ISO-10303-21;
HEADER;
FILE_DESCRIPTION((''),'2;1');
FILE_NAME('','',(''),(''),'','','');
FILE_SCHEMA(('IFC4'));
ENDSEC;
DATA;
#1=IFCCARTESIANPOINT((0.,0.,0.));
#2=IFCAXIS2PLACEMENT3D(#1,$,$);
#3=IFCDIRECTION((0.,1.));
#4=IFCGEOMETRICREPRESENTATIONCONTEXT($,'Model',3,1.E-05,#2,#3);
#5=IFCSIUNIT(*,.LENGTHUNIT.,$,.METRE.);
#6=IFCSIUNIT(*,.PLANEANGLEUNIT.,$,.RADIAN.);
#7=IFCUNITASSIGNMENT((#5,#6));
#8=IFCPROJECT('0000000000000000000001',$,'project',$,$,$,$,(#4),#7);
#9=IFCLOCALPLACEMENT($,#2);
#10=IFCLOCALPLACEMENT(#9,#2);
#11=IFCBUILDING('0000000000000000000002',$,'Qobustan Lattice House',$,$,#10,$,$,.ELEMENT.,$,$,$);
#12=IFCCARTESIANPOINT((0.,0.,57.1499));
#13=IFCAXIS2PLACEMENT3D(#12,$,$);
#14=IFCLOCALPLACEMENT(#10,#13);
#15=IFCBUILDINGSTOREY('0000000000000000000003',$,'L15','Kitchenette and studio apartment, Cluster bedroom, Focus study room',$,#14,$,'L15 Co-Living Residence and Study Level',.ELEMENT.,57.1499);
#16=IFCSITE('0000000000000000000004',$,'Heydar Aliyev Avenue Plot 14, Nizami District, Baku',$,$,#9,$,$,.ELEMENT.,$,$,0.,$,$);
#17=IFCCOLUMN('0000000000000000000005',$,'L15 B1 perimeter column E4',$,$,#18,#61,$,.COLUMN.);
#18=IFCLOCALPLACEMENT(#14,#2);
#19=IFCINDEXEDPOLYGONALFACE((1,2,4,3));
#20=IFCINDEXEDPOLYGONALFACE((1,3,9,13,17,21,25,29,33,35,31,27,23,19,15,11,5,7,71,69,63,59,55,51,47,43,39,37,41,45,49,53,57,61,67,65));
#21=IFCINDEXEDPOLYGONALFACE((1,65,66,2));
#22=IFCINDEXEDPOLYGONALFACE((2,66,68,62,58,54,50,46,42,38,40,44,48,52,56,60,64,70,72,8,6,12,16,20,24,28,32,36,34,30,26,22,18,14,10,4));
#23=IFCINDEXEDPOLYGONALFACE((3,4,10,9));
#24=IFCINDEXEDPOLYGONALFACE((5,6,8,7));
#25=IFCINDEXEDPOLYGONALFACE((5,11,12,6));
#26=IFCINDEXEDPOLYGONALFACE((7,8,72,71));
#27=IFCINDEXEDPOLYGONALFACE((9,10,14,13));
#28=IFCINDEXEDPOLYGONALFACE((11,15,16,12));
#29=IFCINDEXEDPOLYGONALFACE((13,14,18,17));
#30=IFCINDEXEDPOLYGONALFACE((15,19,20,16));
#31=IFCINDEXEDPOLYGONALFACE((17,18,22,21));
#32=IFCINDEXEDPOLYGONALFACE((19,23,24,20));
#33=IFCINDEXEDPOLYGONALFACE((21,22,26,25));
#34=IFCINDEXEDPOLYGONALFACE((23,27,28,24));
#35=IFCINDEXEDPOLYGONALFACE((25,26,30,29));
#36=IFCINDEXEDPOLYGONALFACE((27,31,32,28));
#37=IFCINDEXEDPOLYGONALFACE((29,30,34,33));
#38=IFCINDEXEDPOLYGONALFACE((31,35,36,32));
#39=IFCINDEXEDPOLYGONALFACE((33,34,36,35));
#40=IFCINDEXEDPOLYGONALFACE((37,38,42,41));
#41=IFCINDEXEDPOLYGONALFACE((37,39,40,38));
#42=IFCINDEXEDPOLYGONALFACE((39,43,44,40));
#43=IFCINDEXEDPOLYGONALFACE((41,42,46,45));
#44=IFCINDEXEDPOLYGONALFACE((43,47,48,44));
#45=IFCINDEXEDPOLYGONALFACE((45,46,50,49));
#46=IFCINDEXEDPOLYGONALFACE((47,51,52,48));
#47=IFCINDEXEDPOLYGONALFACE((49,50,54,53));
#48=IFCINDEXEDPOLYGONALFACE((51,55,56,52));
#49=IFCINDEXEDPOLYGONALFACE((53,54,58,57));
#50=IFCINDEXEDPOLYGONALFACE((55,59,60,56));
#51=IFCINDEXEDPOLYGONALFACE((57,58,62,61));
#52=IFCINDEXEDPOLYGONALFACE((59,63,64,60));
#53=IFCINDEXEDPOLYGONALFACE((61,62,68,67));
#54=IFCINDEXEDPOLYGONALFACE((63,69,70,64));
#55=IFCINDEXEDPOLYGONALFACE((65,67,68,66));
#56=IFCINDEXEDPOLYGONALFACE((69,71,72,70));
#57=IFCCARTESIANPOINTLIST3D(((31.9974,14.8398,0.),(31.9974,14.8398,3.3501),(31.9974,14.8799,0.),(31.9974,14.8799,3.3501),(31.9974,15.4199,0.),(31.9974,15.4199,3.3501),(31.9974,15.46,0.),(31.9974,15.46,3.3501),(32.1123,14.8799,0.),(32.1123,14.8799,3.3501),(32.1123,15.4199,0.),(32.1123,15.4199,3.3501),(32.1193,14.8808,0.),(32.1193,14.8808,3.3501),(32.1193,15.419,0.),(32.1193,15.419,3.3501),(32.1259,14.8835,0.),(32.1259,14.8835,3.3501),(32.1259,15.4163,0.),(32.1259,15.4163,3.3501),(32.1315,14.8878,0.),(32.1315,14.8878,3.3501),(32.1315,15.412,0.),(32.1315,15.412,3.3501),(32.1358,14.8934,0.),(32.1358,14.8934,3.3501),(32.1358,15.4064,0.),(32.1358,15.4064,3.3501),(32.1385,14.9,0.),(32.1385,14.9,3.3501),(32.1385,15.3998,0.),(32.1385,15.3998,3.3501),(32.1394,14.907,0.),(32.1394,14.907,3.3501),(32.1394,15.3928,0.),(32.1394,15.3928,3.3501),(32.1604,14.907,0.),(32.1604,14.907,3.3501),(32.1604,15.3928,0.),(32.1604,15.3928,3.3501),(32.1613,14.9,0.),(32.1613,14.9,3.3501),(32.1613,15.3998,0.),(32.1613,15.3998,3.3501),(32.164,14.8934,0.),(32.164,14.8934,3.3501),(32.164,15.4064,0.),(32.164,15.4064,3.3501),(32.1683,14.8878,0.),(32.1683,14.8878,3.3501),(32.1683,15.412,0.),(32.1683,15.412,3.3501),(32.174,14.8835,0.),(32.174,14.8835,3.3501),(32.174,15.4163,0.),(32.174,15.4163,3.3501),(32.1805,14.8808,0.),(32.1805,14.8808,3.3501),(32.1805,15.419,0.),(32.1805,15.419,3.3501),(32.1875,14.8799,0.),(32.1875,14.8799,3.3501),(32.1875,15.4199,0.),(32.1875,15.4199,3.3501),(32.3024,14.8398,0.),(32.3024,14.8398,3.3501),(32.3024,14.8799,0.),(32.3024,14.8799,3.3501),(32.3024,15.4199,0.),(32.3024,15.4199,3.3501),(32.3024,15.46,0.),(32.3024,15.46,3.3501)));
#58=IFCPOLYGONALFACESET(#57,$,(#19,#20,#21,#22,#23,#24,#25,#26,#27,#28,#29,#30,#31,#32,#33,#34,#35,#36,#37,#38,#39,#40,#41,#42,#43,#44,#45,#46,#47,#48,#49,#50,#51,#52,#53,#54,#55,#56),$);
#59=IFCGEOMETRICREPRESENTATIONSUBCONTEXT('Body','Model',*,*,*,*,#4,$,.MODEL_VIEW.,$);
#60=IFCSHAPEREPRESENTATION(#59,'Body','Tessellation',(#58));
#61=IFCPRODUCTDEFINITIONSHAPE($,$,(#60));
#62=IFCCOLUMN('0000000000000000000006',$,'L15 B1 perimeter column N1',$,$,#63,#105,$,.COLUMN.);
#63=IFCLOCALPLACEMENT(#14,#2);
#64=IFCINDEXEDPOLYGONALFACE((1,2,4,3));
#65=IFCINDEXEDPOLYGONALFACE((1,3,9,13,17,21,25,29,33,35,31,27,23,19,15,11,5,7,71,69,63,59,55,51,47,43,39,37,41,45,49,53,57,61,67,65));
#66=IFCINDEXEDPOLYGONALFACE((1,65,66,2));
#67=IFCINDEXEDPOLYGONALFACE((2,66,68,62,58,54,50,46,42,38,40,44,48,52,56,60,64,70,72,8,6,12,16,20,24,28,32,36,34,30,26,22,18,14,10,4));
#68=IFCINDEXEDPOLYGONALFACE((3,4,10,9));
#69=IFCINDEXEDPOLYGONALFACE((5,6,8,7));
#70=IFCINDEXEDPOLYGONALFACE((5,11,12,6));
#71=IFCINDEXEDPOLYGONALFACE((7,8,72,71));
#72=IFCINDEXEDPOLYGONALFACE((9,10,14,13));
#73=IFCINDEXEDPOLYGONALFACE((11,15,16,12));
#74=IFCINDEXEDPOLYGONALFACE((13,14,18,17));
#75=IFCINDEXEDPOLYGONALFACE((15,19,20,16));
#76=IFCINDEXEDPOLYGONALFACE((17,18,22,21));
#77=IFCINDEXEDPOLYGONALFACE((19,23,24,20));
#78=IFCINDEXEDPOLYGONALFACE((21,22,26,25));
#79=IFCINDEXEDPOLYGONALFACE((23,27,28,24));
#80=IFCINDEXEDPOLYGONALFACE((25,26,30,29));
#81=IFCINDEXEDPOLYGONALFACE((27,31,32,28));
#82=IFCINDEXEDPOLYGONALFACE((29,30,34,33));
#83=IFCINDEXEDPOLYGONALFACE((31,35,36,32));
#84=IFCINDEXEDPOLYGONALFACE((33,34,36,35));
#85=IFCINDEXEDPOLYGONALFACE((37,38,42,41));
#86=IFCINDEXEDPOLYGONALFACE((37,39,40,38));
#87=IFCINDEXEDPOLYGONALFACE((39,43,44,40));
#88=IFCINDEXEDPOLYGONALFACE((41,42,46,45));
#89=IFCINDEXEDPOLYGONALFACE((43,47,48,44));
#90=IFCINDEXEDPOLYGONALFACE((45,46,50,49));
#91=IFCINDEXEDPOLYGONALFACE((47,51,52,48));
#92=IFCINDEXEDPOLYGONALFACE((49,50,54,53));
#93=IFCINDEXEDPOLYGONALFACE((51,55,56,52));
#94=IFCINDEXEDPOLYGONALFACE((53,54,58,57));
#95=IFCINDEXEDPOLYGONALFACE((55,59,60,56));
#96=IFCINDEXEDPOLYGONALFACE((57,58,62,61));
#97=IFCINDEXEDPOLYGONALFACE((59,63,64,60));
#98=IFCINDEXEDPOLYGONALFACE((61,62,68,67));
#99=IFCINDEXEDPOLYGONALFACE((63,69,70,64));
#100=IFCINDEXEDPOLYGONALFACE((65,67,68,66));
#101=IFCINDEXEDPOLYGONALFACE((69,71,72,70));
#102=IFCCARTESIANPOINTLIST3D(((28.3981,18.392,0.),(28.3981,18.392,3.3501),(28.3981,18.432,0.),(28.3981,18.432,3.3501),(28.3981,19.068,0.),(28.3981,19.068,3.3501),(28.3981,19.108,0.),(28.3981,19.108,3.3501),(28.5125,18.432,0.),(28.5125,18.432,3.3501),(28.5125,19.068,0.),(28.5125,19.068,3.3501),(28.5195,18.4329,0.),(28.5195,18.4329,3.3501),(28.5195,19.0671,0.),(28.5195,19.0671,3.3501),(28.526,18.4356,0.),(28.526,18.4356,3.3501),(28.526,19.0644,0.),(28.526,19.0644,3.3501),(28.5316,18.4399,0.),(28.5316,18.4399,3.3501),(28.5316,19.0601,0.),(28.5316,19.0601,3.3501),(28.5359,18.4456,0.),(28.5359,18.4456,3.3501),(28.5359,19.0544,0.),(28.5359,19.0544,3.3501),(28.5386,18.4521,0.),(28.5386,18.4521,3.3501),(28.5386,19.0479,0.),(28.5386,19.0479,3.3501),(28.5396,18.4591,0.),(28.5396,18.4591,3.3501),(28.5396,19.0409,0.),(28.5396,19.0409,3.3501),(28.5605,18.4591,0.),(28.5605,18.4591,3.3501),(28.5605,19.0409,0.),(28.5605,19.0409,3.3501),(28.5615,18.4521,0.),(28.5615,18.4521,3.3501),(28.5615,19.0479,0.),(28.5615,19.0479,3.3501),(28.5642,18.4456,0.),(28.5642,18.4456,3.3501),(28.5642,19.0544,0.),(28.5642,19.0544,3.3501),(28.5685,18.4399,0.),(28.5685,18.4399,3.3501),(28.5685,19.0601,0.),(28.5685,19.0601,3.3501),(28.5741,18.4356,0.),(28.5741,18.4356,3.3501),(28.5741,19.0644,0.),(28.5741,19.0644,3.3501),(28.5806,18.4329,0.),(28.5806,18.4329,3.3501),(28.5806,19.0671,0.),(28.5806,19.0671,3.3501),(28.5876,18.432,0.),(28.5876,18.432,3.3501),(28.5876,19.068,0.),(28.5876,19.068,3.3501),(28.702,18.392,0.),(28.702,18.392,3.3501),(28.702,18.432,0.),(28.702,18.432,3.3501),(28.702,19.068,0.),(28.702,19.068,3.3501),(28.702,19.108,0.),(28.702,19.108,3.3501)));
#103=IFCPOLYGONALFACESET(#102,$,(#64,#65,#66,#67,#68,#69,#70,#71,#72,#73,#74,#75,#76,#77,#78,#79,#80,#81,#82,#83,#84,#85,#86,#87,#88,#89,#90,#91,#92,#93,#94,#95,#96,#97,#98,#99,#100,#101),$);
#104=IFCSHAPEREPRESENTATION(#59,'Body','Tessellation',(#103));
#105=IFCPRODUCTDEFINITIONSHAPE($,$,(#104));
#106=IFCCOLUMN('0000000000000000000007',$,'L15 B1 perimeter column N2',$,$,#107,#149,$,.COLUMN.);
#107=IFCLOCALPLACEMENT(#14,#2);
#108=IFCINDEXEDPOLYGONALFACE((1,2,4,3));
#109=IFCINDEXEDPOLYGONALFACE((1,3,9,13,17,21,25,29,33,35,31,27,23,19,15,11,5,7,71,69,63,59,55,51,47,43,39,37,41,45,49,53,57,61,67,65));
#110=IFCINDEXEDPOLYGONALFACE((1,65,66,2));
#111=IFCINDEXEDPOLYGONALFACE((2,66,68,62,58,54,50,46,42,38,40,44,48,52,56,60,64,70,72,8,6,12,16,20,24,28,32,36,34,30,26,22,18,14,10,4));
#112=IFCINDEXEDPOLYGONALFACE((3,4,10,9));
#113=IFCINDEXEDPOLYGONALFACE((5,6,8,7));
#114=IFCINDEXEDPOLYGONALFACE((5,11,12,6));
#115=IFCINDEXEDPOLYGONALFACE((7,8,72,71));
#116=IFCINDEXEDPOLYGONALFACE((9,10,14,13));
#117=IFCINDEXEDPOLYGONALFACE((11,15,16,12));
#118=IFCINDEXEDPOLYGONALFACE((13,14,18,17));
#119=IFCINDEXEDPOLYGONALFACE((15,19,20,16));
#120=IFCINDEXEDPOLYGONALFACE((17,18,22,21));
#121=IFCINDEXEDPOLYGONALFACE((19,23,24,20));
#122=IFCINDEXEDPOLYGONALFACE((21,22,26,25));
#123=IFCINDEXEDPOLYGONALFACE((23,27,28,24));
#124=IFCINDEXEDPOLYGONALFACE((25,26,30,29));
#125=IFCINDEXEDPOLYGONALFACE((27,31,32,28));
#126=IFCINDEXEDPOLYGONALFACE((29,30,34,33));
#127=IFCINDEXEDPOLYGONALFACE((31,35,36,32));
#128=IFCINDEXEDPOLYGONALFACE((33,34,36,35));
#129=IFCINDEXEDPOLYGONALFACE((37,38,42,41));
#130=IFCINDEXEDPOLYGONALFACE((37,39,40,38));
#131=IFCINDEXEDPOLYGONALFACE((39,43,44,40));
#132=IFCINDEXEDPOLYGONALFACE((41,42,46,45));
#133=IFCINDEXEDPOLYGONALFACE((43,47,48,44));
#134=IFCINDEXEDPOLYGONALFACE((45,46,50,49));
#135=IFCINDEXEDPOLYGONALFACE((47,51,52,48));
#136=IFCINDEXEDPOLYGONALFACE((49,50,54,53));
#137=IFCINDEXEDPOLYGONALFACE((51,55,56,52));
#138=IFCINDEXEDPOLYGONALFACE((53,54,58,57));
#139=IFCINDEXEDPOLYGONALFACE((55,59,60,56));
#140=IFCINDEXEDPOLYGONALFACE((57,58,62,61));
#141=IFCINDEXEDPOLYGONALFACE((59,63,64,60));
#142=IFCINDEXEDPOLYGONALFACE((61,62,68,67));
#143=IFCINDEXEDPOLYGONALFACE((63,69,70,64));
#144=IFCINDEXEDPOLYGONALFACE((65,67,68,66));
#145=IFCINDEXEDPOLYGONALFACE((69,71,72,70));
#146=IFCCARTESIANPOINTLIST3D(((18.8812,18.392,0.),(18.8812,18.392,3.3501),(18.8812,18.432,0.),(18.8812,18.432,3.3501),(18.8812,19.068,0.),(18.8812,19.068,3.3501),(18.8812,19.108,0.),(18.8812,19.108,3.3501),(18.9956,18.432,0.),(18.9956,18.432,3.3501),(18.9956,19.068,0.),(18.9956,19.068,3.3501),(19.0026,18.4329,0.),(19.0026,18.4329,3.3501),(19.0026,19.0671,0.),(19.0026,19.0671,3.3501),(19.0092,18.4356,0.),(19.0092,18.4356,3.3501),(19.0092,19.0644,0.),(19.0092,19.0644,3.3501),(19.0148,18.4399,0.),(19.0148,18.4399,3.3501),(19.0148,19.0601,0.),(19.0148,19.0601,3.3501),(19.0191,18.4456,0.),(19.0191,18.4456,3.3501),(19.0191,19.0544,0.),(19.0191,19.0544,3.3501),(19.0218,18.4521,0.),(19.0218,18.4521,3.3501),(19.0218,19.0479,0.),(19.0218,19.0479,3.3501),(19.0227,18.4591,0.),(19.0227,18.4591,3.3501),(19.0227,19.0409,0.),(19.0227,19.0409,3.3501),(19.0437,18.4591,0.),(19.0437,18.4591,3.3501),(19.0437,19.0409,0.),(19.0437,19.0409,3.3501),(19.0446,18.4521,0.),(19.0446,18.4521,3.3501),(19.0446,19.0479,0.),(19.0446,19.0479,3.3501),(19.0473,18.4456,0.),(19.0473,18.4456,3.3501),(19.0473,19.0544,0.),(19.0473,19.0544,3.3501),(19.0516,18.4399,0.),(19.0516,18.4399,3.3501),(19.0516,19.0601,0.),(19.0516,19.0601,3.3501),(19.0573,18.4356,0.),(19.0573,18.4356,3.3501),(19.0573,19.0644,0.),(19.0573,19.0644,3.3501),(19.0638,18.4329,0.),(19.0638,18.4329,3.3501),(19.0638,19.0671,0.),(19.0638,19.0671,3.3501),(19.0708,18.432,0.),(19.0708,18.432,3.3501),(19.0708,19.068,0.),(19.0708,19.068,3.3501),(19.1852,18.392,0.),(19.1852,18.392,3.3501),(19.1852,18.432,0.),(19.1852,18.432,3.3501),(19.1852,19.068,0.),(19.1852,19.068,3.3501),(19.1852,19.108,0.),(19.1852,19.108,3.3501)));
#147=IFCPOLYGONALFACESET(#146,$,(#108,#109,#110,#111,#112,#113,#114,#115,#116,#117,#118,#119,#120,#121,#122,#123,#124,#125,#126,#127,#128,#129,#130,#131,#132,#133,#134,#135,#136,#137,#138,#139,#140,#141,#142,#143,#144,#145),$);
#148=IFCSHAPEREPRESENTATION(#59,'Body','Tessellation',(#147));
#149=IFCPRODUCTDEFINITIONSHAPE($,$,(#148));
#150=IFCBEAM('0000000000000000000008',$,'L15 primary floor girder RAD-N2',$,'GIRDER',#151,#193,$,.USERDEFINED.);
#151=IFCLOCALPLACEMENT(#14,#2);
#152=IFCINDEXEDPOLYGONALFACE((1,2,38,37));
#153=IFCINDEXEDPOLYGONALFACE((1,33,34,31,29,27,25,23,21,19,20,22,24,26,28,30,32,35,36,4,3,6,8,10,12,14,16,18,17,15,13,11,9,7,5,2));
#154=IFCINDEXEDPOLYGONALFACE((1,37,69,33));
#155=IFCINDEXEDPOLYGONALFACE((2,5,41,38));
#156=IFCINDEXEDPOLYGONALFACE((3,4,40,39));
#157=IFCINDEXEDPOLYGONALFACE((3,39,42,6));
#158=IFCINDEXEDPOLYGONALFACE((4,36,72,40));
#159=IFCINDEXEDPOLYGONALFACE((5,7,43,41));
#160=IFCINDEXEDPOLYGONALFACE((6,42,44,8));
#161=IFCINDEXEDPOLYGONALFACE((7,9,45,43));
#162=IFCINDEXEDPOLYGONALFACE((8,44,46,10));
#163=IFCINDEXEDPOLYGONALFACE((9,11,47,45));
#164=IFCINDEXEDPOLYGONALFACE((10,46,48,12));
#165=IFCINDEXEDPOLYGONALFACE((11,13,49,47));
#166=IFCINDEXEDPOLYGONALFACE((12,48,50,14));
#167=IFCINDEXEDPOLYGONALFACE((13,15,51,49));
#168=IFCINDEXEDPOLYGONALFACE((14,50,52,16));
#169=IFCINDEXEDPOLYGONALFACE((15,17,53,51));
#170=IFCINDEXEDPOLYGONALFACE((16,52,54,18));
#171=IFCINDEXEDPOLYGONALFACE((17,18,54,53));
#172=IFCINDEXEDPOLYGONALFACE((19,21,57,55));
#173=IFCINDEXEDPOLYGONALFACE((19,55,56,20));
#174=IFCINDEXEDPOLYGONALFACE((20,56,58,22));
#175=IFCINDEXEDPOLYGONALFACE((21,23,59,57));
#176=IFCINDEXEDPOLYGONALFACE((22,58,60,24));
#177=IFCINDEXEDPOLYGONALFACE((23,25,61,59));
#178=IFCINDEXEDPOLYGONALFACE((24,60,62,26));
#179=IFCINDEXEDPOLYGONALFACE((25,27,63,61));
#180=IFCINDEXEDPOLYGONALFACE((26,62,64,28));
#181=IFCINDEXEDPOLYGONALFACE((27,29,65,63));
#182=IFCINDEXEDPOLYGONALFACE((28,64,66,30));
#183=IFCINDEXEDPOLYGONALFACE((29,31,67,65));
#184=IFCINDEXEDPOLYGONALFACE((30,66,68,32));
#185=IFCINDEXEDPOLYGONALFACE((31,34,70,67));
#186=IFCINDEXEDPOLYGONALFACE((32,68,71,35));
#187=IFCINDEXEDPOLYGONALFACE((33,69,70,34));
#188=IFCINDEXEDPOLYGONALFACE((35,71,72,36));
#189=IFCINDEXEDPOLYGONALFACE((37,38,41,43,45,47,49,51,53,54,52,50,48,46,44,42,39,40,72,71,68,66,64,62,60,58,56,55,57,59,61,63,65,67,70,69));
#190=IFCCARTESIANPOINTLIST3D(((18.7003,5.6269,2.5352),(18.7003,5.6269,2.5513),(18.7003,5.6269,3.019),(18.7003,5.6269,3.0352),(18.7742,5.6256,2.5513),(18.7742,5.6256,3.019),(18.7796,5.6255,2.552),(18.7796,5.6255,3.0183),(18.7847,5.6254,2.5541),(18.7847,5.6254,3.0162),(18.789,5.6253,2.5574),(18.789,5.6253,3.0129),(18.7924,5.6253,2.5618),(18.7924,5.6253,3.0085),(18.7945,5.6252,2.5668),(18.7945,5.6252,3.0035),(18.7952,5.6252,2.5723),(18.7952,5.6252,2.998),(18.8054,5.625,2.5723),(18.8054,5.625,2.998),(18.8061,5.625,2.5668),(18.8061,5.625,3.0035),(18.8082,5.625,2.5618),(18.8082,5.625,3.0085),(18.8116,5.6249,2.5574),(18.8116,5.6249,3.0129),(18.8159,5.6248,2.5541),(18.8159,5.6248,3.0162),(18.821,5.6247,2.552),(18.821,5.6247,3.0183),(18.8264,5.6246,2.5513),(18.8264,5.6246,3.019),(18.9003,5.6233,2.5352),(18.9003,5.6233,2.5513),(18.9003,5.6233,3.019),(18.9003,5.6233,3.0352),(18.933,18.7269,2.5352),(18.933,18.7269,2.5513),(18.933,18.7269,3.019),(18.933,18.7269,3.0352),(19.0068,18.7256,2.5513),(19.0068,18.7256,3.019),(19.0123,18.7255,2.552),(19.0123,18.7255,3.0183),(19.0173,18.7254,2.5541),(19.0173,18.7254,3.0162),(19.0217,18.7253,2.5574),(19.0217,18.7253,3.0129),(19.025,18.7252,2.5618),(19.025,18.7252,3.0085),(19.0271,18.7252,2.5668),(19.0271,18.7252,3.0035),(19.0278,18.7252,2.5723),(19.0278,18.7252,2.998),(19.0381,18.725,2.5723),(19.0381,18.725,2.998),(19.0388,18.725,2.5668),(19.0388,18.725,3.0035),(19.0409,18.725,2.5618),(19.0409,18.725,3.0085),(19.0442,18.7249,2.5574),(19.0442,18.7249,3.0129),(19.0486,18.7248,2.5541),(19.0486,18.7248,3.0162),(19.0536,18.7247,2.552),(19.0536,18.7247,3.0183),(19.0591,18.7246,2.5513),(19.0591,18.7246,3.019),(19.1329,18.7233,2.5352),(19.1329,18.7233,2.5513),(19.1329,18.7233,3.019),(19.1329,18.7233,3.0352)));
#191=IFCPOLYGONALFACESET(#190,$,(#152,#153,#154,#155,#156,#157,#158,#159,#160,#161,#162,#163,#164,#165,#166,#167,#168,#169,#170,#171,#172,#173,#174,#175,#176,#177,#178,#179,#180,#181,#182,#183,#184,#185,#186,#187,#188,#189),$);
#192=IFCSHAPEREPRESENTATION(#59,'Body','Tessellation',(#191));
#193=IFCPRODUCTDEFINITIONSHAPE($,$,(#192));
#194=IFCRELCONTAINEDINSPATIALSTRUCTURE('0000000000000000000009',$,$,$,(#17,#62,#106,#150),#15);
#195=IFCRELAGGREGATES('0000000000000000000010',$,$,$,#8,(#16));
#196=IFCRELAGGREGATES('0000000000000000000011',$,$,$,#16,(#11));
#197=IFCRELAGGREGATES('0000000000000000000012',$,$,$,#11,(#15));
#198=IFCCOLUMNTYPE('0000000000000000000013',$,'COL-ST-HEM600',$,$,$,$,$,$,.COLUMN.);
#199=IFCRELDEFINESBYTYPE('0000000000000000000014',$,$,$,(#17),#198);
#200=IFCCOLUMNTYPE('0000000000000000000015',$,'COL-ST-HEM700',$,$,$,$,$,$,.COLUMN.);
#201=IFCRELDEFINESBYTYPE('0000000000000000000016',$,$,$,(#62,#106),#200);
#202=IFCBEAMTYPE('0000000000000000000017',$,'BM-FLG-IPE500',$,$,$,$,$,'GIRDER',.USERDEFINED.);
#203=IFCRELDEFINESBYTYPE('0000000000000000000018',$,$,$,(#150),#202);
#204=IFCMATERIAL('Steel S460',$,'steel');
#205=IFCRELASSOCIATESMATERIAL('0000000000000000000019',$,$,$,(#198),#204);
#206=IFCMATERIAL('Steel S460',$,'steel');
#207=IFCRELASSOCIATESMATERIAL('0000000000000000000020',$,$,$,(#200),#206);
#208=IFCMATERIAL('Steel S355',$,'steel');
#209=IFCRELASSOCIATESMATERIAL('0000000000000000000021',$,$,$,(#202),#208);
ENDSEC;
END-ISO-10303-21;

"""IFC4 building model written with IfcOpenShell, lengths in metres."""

from ifc_helpers import new_model, si_unit, direction, frame, origin, origin_2d, place, context, subcontext, project, spatial, i_section, extrude, material, material_profile, profile_set, type_object, element, save


model = new_model("IFC4")

# Units and contexts
model_context = context("Model", 3, precision=1e-05, world=origin(), true_north=direction((0.0, 1.0)))
body_context = subcontext(model_context, "Body", "Model", "MODEL_VIEW")
ifc_project = project(units=[si_unit("LENGTHUNIT", "METRE"), si_unit("PLANEANGLEUNIT", "RADIAN")], contexts=[model_context])

# Site, building, storey
site_placement = place(None, origin())
site = spatial("IfcSite", under=ifc_project, at=site_placement, Name="Heydar Aliyev Avenue Plot 14, Nizami District, Baku", CompositionType="ELEMENT", RefElevation=0.0)
building_placement = place(site_placement, origin())
building = spatial("IfcBuilding", under=site, at=building_placement, Name="Qobustan Lattice House", CompositionType="ELEMENT")
storey_placement = place(building_placement, frame((0.0, 0.0, 57.1499)))
storey = spatial("IfcBuildingStorey", under=building, at=storey_placement, Name="L15", Description="Kitchenette and studio apartment, Cluster bedroom, Focus study room", LongName="L15 Co-Living Residence and Study Level", CompositionType="ELEMENT", Elevation=57.1499)

# Columns
ifc_material_1 = material(Name="Steel S460", Category="steel")
ifc_material_profile_1 = material_profile(ifc_material_1, i_section(OverallWidth=0.3049, OverallDepth=0.6201, WebThickness=0.021, FlangeThickness=0.04, FilletRadius=0.0271, at=origin_2d()), Name="HEM600")
ifc_profile_set_1 = profile_set([ifc_material_profile_1], Name="Steel S460")
column_type_1 = type_object("IfcColumnType", Name="COL-ST-HEM600", PredefinedType="COLUMN", material=ifc_profile_set_1)
column_placement = place(storey_placement, frame((32.1499, 15.1499, 0.0), z_axis=(0.0, 0.0, 1.0), x_axis=(1.0, 0.0, 0.0)))
element("IfcColumn", 1, at=column_placement, inside=storey, type_object=column_type_1, Name="L15 B1 perimeter column E4", PredefinedType="COLUMN", context=body_context, shape_type="SweptSolid", body=[
    extrude(i_section(OverallWidth=0.3049, OverallDepth=0.6201, WebThickness=0.021, FlangeThickness=0.04, FilletRadius=0.0271, at=origin_2d()), origin(), (0.0, 0.0, 1.0), 3.3501),
])
ifc_material_2 = material(Name="Steel S460", Category="steel")
ifc_material_profile_2 = material_profile(ifc_material_2, i_section(OverallWidth=0.304, OverallDepth=0.7161, WebThickness=0.021, FlangeThickness=0.04, FilletRadius=0.0271, at=origin_2d()), Name="HEM700")
ifc_profile_set_2 = profile_set([ifc_material_profile_2], Name="Steel S460")
column_type_2 = type_object("IfcColumnType", Name="COL-ST-HEM700", PredefinedType="COLUMN", material=ifc_profile_set_2)
for number, where, z_axis, x_axis, name in (
    (2, (28.55, 18.75, 0.0), (0.0, 0.0, 1.0), (1.0, 0.0, 0.0), "L15 B1 perimeter column N1"),
    (3, (19.0332, 18.75, 0.0), (0.0, 0.0, 1.0), (1.0, 0.0, 0.0), "L15 B1 perimeter column N2"),
):
    element("IfcColumn", number, at=place(storey_placement, frame(where, z_axis=z_axis, x_axis=x_axis)), inside=storey, type_object=column_type_2, Name=name, PredefinedType="COLUMN", context=body_context, shape_type="SweptSolid", body=[
        extrude(i_section(OverallWidth=0.304, OverallDepth=0.7161, WebThickness=0.021, FlangeThickness=0.04, FilletRadius=0.0271, at=origin_2d()), origin(), (0.0, 0.0, 1.0), 3.3501),
    ])

# Beam
ifc_material_3 = material(Name="Steel S355", Category="steel")
ifc_material_profile_3 = material_profile(ifc_material_3, i_section(OverallWidth=0.2, OverallDepth=0.5, WebThickness=0.0103, FlangeThickness=0.0161, FilletRadius=0.021, at=origin_2d()), Name="IPE500")
ifc_profile_set_3 = profile_set([ifc_material_profile_3], Name="Steel S355")
beam_type_1 = type_object("IfcBeamType", Name="BM-FLG-IPE500", ElementType="GIRDER", PredefinedType="USERDEFINED", material=ifc_profile_set_3)
beam_1_placement = place(storey_placement, frame((19.033, 18.7251, 2.7852), z_axis=(-0.017758, -0.999842, 0.0), x_axis=(0.999842, -0.017758, 0.0)))
element("IfcBeam", 4, at=beam_1_placement, inside=storey, type_object=beam_type_1, Name="L15 primary floor girder RAD-N2", ObjectType="GIRDER", PredefinedType="USERDEFINED", context=body_context, shape_type="SweptSolid", body=[
    extrude(i_section(OverallWidth=0.2, OverallDepth=0.5, WebThickness=0.0103, FlangeThickness=0.0161, FilletRadius=0.021, at=origin_2d()), origin(), (0.0, 0.0, 1.0), 13.1021),
])

save(model, "model.ifc")
